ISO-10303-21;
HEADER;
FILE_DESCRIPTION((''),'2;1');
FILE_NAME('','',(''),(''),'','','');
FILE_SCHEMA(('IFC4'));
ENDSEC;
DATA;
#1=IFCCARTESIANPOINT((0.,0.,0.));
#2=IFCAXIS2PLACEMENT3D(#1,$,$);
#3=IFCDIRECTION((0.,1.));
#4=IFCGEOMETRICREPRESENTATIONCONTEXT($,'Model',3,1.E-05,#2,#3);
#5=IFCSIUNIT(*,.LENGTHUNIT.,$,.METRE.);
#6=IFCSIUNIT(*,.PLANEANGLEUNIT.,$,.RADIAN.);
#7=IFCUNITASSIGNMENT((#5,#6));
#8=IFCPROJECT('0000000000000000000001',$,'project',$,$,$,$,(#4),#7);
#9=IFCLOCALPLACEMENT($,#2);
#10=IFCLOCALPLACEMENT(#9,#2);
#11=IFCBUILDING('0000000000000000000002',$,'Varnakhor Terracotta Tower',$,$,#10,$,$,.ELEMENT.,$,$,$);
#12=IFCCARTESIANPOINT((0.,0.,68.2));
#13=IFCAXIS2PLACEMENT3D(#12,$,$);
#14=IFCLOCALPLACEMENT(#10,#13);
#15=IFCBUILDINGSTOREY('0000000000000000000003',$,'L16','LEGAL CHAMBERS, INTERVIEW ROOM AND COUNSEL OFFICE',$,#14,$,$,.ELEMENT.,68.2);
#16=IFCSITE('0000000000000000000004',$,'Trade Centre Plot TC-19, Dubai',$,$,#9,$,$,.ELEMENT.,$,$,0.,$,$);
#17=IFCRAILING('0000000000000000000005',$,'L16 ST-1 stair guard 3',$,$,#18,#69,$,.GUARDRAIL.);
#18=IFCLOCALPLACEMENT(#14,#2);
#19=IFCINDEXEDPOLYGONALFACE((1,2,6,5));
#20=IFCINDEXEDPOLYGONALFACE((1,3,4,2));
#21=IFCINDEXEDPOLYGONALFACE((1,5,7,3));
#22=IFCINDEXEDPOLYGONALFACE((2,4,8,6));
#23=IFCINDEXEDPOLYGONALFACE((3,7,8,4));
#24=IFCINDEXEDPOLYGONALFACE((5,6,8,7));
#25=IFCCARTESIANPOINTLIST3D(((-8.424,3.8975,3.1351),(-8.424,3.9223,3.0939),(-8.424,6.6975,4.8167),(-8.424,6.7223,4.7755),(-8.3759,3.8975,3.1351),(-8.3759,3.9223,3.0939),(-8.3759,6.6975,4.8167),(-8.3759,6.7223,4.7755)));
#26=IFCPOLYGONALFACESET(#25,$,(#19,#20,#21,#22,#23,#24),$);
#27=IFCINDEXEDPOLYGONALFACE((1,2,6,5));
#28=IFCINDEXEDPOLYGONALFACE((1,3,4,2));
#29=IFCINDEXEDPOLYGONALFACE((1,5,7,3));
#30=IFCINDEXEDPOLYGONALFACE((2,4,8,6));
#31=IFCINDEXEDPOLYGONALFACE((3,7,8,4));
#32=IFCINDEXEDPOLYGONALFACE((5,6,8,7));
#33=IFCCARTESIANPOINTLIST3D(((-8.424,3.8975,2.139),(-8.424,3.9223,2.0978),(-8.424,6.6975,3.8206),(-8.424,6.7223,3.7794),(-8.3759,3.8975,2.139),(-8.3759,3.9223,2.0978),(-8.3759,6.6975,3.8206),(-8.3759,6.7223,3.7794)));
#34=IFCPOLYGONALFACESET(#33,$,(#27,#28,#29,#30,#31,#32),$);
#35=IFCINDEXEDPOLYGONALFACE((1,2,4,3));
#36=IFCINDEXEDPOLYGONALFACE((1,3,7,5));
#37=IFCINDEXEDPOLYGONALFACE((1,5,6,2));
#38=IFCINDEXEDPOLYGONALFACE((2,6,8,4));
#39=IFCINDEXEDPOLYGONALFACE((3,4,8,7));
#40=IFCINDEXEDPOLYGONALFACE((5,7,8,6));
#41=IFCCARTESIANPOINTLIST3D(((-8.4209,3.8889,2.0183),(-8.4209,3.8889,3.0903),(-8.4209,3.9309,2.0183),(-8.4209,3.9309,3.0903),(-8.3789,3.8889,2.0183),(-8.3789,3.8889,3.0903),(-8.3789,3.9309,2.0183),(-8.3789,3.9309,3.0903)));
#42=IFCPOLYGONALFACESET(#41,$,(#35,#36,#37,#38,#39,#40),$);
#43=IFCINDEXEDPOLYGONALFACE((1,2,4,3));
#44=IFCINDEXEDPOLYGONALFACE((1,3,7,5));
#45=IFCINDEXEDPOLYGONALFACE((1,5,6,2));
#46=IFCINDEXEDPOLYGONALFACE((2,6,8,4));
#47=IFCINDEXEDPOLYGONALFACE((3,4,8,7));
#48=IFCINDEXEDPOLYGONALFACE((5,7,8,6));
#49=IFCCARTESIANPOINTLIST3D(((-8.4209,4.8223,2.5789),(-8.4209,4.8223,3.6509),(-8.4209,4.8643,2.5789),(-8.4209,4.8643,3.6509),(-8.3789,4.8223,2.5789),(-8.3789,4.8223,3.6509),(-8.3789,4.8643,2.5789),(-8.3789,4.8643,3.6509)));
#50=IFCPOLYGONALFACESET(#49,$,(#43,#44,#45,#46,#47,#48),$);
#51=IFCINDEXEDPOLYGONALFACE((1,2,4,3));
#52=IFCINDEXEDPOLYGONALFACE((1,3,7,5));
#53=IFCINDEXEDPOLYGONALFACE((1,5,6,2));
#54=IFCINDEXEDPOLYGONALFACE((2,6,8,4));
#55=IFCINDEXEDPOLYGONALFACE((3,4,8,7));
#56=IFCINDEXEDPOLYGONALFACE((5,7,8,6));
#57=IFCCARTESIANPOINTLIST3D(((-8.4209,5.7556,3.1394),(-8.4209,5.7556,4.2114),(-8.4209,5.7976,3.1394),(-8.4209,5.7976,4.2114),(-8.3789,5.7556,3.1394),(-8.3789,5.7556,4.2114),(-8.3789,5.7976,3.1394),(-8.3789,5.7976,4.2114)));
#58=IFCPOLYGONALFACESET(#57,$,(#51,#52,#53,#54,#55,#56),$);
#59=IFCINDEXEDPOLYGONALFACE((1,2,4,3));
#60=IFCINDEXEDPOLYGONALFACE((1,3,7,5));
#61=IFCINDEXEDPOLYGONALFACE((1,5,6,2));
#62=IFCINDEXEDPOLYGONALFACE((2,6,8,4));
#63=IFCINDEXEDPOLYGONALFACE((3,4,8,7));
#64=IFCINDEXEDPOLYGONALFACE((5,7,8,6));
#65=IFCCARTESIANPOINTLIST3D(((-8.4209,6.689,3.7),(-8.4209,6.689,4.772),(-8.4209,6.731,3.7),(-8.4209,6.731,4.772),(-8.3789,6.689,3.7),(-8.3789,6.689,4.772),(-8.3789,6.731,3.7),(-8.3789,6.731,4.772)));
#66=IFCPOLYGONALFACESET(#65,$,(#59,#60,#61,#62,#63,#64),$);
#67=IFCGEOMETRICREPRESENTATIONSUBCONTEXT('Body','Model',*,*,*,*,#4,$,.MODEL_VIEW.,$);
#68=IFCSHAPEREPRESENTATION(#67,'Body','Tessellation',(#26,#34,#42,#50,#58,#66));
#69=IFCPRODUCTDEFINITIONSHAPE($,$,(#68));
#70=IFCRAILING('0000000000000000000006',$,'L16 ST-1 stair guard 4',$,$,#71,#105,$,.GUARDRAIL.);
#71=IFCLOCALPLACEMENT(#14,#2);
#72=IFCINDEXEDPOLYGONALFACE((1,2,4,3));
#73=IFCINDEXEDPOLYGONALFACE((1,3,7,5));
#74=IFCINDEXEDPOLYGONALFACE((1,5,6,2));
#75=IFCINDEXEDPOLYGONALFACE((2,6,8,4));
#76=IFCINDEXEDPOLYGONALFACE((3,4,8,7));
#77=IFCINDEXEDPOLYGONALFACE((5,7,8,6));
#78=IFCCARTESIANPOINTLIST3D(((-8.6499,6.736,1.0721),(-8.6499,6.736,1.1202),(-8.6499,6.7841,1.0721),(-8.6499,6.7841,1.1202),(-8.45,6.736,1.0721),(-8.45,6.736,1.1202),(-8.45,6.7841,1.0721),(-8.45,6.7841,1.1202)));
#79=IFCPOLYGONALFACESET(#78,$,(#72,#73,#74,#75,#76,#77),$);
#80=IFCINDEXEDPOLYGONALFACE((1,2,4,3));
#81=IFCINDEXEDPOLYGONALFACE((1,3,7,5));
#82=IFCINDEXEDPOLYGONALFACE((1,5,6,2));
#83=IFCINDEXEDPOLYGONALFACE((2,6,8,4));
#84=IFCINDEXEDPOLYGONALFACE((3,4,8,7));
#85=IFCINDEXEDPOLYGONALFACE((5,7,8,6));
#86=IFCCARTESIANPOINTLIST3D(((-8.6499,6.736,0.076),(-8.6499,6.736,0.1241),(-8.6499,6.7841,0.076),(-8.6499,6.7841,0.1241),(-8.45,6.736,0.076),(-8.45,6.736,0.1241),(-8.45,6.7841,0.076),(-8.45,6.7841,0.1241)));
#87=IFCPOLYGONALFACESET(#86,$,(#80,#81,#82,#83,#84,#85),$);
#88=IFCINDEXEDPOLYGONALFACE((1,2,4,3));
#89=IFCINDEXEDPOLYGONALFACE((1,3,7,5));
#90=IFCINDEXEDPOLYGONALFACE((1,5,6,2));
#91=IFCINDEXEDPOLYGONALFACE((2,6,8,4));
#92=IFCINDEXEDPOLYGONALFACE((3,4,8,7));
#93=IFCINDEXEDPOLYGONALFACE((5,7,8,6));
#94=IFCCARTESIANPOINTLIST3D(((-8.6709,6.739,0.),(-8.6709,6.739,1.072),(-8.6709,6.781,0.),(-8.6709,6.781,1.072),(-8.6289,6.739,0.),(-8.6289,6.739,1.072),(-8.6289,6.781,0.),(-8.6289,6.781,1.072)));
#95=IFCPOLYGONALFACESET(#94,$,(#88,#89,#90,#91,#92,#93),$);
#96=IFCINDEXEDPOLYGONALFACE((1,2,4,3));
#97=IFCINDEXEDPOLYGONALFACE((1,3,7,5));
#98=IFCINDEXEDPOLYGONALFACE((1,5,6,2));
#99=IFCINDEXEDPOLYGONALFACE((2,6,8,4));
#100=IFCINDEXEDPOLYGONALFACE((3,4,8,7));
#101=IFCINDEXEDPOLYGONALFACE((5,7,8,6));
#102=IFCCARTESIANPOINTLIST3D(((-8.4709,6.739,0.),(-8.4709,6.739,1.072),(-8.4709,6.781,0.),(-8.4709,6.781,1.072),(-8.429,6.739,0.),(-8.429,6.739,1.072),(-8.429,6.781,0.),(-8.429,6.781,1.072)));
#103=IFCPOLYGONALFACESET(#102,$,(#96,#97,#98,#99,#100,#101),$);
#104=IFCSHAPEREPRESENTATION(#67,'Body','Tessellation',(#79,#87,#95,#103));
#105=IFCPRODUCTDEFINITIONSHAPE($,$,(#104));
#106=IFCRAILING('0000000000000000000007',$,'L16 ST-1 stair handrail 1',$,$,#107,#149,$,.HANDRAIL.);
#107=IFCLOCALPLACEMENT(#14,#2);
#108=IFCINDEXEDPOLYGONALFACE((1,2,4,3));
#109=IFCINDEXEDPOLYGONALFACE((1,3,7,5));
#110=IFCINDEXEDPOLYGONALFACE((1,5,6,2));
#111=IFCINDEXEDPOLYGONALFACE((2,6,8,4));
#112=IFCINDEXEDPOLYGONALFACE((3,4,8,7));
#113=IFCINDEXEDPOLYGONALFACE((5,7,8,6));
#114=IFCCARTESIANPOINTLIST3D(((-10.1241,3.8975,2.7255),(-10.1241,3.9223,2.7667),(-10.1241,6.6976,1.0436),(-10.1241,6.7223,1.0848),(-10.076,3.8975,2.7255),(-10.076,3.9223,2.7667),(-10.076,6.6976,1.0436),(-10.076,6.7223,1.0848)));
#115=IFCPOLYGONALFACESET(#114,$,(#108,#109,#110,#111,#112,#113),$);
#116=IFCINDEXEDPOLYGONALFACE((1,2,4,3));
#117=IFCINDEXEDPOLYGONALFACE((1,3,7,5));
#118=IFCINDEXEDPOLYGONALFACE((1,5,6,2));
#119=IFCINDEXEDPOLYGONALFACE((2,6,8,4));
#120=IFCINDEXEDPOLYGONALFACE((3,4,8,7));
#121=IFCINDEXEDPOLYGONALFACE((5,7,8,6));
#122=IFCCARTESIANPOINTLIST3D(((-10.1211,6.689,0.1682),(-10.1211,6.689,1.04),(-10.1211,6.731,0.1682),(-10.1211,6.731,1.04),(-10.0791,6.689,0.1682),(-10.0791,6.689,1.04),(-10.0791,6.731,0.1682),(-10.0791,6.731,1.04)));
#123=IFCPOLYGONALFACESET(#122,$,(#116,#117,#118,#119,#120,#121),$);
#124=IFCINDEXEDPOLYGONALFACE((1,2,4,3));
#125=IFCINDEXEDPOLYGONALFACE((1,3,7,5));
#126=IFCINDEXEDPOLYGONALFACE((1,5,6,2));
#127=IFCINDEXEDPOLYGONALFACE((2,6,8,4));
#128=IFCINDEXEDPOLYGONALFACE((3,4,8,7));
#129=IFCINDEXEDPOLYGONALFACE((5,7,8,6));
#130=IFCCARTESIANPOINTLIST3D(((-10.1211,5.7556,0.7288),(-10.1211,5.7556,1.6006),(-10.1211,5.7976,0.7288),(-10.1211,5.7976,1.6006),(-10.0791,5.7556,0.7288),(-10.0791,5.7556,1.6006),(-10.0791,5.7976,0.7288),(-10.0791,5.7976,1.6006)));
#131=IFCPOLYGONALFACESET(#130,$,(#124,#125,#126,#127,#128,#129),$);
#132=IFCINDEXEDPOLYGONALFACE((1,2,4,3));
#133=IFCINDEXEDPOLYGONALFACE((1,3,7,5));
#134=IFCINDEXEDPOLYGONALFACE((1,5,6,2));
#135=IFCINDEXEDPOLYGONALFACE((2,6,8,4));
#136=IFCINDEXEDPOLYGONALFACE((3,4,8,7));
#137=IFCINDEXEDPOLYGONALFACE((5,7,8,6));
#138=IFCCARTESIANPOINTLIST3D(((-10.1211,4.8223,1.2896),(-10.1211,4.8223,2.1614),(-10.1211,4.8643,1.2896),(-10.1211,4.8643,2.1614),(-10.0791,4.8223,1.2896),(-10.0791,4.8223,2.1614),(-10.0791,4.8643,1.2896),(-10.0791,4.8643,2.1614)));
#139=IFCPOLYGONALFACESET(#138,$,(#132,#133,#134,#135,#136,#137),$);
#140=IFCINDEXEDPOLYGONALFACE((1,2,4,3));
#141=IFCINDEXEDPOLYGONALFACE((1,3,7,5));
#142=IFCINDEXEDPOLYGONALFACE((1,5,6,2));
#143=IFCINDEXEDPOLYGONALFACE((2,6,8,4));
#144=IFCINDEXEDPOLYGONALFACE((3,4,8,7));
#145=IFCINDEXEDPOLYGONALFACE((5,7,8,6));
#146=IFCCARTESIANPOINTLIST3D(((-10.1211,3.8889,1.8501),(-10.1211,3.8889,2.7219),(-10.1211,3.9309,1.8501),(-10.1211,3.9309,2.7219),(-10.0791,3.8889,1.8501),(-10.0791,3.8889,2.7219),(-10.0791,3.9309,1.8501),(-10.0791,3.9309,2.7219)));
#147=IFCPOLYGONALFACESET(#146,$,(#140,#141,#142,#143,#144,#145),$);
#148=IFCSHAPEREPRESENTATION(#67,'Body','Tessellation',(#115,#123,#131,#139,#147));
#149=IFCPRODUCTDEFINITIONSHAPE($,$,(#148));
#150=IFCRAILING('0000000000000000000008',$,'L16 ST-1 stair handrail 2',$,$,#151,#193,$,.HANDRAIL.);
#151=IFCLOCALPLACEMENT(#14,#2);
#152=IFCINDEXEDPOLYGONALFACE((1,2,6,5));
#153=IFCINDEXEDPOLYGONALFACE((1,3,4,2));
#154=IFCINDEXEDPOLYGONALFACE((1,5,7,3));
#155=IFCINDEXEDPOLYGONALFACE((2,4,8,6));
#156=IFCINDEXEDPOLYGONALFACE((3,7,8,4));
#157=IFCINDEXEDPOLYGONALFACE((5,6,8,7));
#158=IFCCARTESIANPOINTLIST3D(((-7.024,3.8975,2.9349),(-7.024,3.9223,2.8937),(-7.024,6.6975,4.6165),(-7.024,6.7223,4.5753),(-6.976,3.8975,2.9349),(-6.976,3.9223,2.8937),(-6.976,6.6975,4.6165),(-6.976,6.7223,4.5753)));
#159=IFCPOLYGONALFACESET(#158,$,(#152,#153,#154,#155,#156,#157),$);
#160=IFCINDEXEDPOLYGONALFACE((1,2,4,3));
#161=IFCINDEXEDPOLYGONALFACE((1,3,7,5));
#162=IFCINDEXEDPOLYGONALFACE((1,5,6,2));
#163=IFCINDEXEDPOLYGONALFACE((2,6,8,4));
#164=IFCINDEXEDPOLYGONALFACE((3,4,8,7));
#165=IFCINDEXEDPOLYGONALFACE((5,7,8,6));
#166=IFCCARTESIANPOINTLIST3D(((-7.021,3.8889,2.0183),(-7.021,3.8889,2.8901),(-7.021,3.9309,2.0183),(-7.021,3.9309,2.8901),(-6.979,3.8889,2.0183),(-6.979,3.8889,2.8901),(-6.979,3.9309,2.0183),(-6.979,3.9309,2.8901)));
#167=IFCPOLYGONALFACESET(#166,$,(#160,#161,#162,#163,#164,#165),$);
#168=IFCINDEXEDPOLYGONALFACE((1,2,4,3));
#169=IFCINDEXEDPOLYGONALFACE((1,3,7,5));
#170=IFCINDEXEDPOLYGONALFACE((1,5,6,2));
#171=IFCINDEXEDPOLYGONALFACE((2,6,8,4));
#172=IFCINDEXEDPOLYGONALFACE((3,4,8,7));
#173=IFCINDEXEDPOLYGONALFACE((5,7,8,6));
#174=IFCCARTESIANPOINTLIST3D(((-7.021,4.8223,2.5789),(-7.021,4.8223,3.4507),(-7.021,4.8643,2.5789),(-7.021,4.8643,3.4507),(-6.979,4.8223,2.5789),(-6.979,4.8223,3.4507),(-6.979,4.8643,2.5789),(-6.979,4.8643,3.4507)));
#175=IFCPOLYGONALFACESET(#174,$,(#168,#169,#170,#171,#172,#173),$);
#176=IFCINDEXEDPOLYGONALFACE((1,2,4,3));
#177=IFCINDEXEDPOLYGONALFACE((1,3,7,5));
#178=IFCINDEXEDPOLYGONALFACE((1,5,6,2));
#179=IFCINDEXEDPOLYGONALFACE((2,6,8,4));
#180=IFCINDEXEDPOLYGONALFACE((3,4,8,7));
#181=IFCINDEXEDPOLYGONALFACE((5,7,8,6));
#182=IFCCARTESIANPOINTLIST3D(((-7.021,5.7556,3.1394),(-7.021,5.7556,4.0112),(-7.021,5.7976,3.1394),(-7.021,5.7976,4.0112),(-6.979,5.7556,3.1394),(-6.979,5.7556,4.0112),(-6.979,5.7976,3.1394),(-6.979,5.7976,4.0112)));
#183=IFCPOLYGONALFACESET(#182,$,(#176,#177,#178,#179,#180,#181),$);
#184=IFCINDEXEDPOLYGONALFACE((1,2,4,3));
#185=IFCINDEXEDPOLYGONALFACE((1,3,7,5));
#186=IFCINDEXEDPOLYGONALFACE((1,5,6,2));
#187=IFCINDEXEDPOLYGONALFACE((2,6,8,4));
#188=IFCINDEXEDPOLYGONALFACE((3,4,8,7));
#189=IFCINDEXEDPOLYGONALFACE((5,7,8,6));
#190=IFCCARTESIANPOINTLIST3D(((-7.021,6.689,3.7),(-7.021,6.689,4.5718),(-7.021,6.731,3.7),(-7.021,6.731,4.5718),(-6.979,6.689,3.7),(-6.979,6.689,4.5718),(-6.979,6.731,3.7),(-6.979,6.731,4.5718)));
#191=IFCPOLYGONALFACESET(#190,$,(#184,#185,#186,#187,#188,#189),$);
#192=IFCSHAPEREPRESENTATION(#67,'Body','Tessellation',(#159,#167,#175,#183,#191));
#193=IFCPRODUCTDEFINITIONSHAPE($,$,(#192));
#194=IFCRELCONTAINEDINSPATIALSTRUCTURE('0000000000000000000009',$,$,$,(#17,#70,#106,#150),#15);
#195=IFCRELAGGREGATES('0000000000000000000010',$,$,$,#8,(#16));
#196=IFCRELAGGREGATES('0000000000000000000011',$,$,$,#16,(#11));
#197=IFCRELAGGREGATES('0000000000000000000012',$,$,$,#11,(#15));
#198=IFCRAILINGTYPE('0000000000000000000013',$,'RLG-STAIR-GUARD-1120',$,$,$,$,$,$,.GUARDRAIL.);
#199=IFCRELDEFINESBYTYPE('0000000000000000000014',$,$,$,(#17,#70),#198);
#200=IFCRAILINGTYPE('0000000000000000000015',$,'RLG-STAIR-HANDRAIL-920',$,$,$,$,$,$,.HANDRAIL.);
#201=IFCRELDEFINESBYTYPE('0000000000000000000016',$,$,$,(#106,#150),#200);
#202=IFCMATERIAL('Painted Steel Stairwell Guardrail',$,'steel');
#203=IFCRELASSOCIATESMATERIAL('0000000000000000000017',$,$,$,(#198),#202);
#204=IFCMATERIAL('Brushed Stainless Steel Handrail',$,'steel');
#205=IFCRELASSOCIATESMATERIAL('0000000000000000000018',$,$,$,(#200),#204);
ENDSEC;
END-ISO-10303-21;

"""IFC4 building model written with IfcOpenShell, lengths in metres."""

from ifc_helpers import new_model, si_unit, direction, frame, origin, origin_2d, place, context, subcontext, project, spatial, rectangle, extrude, material, type_object, element, save


model = new_model("IFC4")

# Units and contexts
model_context = context("Model", 3, precision=1e-05, world=origin(), true_north=direction((0.0, 1.0)))
body_context = subcontext(model_context, "Body", "Model", "MODEL_VIEW")
ifc_project = project(units=[si_unit("LENGTHUNIT", "METRE"), si_unit("PLANEANGLEUNIT", "RADIAN")], contexts=[model_context])

# Site, building, storey
site_placement = place(None, origin())
site = spatial("IfcSite", under=ifc_project, at=site_placement, Name="Trade Centre Plot TC-19, Dubai", CompositionType="ELEMENT", RefElevation=0.0)
building_placement = place(site_placement, origin())
building = spatial("IfcBuilding", under=site, at=building_placement, Name="Varnakhor Terracotta Tower", CompositionType="ELEMENT")
storey_placement = place(building_placement, frame((0.0, 0.0, 68.2)))
storey = spatial("IfcBuildingStorey", under=building, at=storey_placement, Name="L16", Description="LEGAL CHAMBERS, INTERVIEW ROOM AND COUNSEL OFFICE", CompositionType="ELEMENT", Elevation=68.2)

# Railings
ifc_material_1 = material(Name="Painted Steel Stairwell Guardrail", Category="steel")
railing_type_1 = type_object("IfcRailingType", Name="RLG-STAIR-GUARD-1120", PredefinedType="GUARDRAIL", material=ifc_material_1)
railing_1_placement = place(storey_placement, frame((-8.3999, 3.9099, 2.0183)))
element("IfcRailing", 1, at=railing_1_placement, inside=storey, type_object=railing_type_1, Name="L16 ST-1 stair guard 3", PredefinedType="GUARDRAIL", context=body_context, shape_type="SweptSolid", body=[
    extrude(rectangle(XDim=0.0481, YDim=0.0481, at=origin_2d()), frame((0.0, 0.0, 1.0962), z_axis=(0.0, 0.857275, 0.514858), x_axis=(-1.0, 0.0, 0.0)), (0.0, 0.0, 1.0), 3.2661),
    extrude(rectangle(XDim=0.0481, YDim=0.0481, at=origin_2d()), frame((0.0, 0.0, 0.1001), z_axis=(0.0, 0.857275, 0.514858), x_axis=(-1.0, 0.0, 0.0)), (0.0, 0.0, 1.0), 3.2661),
    extrude(rectangle(XDim=0.042, YDim=0.042, at=origin_2d()), origin(), (0.0, 0.0, 1.0), 1.072),
    extrude(rectangle(XDim=0.042, YDim=0.042, at=origin_2d()), frame((0.0, 0.9333, 0.5605)), (0.0, 0.0, 1.0), 1.072),
    extrude(rectangle(XDim=0.042, YDim=0.042, at=origin_2d()), frame((0.0, 1.8667, 1.1211)), (0.0, 0.0, 1.0), 1.072),
    extrude(rectangle(XDim=0.042, YDim=0.042, at=origin_2d()), frame((0.0, 2.8, 1.6816)), (0.0, 0.0, 1.0), 1.072),
])
railing_2_placement = place(storey_placement, frame((-8.6499, 6.76, 0.0)))
element("IfcRailing", 2, at=railing_2_placement, inside=storey, type_object=railing_type_1, Name="L16 ST-1 stair guard 4", PredefinedType="GUARDRAIL", context=body_context, shape_type="SweptSolid", body=[
    extrude(rectangle(XDim=0.0481, YDim=0.0481, at=origin_2d()), frame((0.0, 0.0, 1.0962), z_axis=(1.0, 0.0, 0.0), x_axis=(0.0, 1.0, 0.0)), (0.0, 0.0, 1.0), 0.2),
    extrude(rectangle(XDim=0.0481, YDim=0.0481, at=origin_2d()), frame((0.0, 0.0, 0.1001), z_axis=(1.0, 0.0, 0.0), x_axis=(0.0, 1.0, 0.0)), (0.0, 0.0, 1.0), 0.2),
    extrude(rectangle(XDim=0.042, YDim=0.042, at=origin_2d()), origin(), (0.0, 0.0, 1.0), 1.072),
    extrude(rectangle(XDim=0.042, YDim=0.042, at=origin_2d()), frame((0.2, 0.0, 0.0)), (0.0, 0.0, 1.0), 1.072),
])
ifc_material_2 = material(Name="Brushed Stainless Steel Handrail", Category="steel")
railing_type_2 = type_object("IfcRailingType", Name="RLG-STAIR-HANDRAIL-920", PredefinedType="HANDRAIL", material=ifc_material_2)
railing_3_placement = place(storey_placement, frame((-10.1001, 6.71, 0.1682)))
element("IfcRailing", 3, at=railing_3_placement, inside=storey, type_object=railing_type_2, Name="L16 ST-1 stair handrail 1", PredefinedType="HANDRAIL", context=body_context, shape_type="SweptSolid", body=[
    extrude(rectangle(XDim=0.0481, YDim=0.0481, at=origin_2d()), frame((0.0, 0.0, 0.896), z_axis=(0.0, -0.857242, 0.514913), x_axis=(1.0, 0.0, 0.0)), (0.0, 0.0, 1.0), 3.2664),
    extrude(rectangle(XDim=0.042, YDim=0.042, at=origin_2d()), origin(), (0.0, 0.0, 1.0), 0.8718),
    extrude(rectangle(XDim=0.042, YDim=0.042, at=origin_2d()), frame((0.0, -0.9333, 0.5605)), (0.0, 0.0, 1.0), 0.8718),
    extrude(rectangle(XDim=0.042, YDim=0.042, at=origin_2d()), frame((0.0, -1.8667, 1.1213)), (0.0, 0.0, 1.0), 0.8718),
    extrude(rectangle(XDim=0.042, YDim=0.042, at=origin_2d()), frame((0.0, -2.8, 1.6819)), (0.0, 0.0, 1.0), 0.8718),
])
railing_4_placement = place(storey_placement, frame((-7.0, 3.9099, 2.0183)))
element("IfcRailing", 4, at=railing_4_placement, inside=storey, type_object=railing_type_2, Name="L16 ST-1 stair handrail 2", PredefinedType="HANDRAIL", context=body_context, shape_type="SweptSolid", body=[
    extrude(rectangle(XDim=0.0481, YDim=0.0481, at=origin_2d()), frame((0.0, 0.0, 0.896), z_axis=(0.0, 0.857275, 0.514858), x_axis=(-1.0, 0.0, 0.0)), (0.0, 0.0, 1.0), 3.2661),
    extrude(rectangle(XDim=0.042, YDim=0.042, at=origin_2d()), origin(), (0.0, 0.0, 1.0), 0.8718),
    extrude(rectangle(XDim=0.042, YDim=0.042, at=origin_2d()), frame((0.0, 0.9333, 0.5605)), (0.0, 0.0, 1.0), 0.8718),
    extrude(rectangle(XDim=0.042, YDim=0.042, at=origin_2d()), frame((0.0, 1.8667, 1.1211)), (0.0, 0.0, 1.0), 0.8718),
    extrude(rectangle(XDim=0.042, YDim=0.042, at=origin_2d()), frame((0.0, 2.8, 1.6816)), (0.0, 0.0, 1.0), 0.8718),
])

save(model, "model.ifc")
